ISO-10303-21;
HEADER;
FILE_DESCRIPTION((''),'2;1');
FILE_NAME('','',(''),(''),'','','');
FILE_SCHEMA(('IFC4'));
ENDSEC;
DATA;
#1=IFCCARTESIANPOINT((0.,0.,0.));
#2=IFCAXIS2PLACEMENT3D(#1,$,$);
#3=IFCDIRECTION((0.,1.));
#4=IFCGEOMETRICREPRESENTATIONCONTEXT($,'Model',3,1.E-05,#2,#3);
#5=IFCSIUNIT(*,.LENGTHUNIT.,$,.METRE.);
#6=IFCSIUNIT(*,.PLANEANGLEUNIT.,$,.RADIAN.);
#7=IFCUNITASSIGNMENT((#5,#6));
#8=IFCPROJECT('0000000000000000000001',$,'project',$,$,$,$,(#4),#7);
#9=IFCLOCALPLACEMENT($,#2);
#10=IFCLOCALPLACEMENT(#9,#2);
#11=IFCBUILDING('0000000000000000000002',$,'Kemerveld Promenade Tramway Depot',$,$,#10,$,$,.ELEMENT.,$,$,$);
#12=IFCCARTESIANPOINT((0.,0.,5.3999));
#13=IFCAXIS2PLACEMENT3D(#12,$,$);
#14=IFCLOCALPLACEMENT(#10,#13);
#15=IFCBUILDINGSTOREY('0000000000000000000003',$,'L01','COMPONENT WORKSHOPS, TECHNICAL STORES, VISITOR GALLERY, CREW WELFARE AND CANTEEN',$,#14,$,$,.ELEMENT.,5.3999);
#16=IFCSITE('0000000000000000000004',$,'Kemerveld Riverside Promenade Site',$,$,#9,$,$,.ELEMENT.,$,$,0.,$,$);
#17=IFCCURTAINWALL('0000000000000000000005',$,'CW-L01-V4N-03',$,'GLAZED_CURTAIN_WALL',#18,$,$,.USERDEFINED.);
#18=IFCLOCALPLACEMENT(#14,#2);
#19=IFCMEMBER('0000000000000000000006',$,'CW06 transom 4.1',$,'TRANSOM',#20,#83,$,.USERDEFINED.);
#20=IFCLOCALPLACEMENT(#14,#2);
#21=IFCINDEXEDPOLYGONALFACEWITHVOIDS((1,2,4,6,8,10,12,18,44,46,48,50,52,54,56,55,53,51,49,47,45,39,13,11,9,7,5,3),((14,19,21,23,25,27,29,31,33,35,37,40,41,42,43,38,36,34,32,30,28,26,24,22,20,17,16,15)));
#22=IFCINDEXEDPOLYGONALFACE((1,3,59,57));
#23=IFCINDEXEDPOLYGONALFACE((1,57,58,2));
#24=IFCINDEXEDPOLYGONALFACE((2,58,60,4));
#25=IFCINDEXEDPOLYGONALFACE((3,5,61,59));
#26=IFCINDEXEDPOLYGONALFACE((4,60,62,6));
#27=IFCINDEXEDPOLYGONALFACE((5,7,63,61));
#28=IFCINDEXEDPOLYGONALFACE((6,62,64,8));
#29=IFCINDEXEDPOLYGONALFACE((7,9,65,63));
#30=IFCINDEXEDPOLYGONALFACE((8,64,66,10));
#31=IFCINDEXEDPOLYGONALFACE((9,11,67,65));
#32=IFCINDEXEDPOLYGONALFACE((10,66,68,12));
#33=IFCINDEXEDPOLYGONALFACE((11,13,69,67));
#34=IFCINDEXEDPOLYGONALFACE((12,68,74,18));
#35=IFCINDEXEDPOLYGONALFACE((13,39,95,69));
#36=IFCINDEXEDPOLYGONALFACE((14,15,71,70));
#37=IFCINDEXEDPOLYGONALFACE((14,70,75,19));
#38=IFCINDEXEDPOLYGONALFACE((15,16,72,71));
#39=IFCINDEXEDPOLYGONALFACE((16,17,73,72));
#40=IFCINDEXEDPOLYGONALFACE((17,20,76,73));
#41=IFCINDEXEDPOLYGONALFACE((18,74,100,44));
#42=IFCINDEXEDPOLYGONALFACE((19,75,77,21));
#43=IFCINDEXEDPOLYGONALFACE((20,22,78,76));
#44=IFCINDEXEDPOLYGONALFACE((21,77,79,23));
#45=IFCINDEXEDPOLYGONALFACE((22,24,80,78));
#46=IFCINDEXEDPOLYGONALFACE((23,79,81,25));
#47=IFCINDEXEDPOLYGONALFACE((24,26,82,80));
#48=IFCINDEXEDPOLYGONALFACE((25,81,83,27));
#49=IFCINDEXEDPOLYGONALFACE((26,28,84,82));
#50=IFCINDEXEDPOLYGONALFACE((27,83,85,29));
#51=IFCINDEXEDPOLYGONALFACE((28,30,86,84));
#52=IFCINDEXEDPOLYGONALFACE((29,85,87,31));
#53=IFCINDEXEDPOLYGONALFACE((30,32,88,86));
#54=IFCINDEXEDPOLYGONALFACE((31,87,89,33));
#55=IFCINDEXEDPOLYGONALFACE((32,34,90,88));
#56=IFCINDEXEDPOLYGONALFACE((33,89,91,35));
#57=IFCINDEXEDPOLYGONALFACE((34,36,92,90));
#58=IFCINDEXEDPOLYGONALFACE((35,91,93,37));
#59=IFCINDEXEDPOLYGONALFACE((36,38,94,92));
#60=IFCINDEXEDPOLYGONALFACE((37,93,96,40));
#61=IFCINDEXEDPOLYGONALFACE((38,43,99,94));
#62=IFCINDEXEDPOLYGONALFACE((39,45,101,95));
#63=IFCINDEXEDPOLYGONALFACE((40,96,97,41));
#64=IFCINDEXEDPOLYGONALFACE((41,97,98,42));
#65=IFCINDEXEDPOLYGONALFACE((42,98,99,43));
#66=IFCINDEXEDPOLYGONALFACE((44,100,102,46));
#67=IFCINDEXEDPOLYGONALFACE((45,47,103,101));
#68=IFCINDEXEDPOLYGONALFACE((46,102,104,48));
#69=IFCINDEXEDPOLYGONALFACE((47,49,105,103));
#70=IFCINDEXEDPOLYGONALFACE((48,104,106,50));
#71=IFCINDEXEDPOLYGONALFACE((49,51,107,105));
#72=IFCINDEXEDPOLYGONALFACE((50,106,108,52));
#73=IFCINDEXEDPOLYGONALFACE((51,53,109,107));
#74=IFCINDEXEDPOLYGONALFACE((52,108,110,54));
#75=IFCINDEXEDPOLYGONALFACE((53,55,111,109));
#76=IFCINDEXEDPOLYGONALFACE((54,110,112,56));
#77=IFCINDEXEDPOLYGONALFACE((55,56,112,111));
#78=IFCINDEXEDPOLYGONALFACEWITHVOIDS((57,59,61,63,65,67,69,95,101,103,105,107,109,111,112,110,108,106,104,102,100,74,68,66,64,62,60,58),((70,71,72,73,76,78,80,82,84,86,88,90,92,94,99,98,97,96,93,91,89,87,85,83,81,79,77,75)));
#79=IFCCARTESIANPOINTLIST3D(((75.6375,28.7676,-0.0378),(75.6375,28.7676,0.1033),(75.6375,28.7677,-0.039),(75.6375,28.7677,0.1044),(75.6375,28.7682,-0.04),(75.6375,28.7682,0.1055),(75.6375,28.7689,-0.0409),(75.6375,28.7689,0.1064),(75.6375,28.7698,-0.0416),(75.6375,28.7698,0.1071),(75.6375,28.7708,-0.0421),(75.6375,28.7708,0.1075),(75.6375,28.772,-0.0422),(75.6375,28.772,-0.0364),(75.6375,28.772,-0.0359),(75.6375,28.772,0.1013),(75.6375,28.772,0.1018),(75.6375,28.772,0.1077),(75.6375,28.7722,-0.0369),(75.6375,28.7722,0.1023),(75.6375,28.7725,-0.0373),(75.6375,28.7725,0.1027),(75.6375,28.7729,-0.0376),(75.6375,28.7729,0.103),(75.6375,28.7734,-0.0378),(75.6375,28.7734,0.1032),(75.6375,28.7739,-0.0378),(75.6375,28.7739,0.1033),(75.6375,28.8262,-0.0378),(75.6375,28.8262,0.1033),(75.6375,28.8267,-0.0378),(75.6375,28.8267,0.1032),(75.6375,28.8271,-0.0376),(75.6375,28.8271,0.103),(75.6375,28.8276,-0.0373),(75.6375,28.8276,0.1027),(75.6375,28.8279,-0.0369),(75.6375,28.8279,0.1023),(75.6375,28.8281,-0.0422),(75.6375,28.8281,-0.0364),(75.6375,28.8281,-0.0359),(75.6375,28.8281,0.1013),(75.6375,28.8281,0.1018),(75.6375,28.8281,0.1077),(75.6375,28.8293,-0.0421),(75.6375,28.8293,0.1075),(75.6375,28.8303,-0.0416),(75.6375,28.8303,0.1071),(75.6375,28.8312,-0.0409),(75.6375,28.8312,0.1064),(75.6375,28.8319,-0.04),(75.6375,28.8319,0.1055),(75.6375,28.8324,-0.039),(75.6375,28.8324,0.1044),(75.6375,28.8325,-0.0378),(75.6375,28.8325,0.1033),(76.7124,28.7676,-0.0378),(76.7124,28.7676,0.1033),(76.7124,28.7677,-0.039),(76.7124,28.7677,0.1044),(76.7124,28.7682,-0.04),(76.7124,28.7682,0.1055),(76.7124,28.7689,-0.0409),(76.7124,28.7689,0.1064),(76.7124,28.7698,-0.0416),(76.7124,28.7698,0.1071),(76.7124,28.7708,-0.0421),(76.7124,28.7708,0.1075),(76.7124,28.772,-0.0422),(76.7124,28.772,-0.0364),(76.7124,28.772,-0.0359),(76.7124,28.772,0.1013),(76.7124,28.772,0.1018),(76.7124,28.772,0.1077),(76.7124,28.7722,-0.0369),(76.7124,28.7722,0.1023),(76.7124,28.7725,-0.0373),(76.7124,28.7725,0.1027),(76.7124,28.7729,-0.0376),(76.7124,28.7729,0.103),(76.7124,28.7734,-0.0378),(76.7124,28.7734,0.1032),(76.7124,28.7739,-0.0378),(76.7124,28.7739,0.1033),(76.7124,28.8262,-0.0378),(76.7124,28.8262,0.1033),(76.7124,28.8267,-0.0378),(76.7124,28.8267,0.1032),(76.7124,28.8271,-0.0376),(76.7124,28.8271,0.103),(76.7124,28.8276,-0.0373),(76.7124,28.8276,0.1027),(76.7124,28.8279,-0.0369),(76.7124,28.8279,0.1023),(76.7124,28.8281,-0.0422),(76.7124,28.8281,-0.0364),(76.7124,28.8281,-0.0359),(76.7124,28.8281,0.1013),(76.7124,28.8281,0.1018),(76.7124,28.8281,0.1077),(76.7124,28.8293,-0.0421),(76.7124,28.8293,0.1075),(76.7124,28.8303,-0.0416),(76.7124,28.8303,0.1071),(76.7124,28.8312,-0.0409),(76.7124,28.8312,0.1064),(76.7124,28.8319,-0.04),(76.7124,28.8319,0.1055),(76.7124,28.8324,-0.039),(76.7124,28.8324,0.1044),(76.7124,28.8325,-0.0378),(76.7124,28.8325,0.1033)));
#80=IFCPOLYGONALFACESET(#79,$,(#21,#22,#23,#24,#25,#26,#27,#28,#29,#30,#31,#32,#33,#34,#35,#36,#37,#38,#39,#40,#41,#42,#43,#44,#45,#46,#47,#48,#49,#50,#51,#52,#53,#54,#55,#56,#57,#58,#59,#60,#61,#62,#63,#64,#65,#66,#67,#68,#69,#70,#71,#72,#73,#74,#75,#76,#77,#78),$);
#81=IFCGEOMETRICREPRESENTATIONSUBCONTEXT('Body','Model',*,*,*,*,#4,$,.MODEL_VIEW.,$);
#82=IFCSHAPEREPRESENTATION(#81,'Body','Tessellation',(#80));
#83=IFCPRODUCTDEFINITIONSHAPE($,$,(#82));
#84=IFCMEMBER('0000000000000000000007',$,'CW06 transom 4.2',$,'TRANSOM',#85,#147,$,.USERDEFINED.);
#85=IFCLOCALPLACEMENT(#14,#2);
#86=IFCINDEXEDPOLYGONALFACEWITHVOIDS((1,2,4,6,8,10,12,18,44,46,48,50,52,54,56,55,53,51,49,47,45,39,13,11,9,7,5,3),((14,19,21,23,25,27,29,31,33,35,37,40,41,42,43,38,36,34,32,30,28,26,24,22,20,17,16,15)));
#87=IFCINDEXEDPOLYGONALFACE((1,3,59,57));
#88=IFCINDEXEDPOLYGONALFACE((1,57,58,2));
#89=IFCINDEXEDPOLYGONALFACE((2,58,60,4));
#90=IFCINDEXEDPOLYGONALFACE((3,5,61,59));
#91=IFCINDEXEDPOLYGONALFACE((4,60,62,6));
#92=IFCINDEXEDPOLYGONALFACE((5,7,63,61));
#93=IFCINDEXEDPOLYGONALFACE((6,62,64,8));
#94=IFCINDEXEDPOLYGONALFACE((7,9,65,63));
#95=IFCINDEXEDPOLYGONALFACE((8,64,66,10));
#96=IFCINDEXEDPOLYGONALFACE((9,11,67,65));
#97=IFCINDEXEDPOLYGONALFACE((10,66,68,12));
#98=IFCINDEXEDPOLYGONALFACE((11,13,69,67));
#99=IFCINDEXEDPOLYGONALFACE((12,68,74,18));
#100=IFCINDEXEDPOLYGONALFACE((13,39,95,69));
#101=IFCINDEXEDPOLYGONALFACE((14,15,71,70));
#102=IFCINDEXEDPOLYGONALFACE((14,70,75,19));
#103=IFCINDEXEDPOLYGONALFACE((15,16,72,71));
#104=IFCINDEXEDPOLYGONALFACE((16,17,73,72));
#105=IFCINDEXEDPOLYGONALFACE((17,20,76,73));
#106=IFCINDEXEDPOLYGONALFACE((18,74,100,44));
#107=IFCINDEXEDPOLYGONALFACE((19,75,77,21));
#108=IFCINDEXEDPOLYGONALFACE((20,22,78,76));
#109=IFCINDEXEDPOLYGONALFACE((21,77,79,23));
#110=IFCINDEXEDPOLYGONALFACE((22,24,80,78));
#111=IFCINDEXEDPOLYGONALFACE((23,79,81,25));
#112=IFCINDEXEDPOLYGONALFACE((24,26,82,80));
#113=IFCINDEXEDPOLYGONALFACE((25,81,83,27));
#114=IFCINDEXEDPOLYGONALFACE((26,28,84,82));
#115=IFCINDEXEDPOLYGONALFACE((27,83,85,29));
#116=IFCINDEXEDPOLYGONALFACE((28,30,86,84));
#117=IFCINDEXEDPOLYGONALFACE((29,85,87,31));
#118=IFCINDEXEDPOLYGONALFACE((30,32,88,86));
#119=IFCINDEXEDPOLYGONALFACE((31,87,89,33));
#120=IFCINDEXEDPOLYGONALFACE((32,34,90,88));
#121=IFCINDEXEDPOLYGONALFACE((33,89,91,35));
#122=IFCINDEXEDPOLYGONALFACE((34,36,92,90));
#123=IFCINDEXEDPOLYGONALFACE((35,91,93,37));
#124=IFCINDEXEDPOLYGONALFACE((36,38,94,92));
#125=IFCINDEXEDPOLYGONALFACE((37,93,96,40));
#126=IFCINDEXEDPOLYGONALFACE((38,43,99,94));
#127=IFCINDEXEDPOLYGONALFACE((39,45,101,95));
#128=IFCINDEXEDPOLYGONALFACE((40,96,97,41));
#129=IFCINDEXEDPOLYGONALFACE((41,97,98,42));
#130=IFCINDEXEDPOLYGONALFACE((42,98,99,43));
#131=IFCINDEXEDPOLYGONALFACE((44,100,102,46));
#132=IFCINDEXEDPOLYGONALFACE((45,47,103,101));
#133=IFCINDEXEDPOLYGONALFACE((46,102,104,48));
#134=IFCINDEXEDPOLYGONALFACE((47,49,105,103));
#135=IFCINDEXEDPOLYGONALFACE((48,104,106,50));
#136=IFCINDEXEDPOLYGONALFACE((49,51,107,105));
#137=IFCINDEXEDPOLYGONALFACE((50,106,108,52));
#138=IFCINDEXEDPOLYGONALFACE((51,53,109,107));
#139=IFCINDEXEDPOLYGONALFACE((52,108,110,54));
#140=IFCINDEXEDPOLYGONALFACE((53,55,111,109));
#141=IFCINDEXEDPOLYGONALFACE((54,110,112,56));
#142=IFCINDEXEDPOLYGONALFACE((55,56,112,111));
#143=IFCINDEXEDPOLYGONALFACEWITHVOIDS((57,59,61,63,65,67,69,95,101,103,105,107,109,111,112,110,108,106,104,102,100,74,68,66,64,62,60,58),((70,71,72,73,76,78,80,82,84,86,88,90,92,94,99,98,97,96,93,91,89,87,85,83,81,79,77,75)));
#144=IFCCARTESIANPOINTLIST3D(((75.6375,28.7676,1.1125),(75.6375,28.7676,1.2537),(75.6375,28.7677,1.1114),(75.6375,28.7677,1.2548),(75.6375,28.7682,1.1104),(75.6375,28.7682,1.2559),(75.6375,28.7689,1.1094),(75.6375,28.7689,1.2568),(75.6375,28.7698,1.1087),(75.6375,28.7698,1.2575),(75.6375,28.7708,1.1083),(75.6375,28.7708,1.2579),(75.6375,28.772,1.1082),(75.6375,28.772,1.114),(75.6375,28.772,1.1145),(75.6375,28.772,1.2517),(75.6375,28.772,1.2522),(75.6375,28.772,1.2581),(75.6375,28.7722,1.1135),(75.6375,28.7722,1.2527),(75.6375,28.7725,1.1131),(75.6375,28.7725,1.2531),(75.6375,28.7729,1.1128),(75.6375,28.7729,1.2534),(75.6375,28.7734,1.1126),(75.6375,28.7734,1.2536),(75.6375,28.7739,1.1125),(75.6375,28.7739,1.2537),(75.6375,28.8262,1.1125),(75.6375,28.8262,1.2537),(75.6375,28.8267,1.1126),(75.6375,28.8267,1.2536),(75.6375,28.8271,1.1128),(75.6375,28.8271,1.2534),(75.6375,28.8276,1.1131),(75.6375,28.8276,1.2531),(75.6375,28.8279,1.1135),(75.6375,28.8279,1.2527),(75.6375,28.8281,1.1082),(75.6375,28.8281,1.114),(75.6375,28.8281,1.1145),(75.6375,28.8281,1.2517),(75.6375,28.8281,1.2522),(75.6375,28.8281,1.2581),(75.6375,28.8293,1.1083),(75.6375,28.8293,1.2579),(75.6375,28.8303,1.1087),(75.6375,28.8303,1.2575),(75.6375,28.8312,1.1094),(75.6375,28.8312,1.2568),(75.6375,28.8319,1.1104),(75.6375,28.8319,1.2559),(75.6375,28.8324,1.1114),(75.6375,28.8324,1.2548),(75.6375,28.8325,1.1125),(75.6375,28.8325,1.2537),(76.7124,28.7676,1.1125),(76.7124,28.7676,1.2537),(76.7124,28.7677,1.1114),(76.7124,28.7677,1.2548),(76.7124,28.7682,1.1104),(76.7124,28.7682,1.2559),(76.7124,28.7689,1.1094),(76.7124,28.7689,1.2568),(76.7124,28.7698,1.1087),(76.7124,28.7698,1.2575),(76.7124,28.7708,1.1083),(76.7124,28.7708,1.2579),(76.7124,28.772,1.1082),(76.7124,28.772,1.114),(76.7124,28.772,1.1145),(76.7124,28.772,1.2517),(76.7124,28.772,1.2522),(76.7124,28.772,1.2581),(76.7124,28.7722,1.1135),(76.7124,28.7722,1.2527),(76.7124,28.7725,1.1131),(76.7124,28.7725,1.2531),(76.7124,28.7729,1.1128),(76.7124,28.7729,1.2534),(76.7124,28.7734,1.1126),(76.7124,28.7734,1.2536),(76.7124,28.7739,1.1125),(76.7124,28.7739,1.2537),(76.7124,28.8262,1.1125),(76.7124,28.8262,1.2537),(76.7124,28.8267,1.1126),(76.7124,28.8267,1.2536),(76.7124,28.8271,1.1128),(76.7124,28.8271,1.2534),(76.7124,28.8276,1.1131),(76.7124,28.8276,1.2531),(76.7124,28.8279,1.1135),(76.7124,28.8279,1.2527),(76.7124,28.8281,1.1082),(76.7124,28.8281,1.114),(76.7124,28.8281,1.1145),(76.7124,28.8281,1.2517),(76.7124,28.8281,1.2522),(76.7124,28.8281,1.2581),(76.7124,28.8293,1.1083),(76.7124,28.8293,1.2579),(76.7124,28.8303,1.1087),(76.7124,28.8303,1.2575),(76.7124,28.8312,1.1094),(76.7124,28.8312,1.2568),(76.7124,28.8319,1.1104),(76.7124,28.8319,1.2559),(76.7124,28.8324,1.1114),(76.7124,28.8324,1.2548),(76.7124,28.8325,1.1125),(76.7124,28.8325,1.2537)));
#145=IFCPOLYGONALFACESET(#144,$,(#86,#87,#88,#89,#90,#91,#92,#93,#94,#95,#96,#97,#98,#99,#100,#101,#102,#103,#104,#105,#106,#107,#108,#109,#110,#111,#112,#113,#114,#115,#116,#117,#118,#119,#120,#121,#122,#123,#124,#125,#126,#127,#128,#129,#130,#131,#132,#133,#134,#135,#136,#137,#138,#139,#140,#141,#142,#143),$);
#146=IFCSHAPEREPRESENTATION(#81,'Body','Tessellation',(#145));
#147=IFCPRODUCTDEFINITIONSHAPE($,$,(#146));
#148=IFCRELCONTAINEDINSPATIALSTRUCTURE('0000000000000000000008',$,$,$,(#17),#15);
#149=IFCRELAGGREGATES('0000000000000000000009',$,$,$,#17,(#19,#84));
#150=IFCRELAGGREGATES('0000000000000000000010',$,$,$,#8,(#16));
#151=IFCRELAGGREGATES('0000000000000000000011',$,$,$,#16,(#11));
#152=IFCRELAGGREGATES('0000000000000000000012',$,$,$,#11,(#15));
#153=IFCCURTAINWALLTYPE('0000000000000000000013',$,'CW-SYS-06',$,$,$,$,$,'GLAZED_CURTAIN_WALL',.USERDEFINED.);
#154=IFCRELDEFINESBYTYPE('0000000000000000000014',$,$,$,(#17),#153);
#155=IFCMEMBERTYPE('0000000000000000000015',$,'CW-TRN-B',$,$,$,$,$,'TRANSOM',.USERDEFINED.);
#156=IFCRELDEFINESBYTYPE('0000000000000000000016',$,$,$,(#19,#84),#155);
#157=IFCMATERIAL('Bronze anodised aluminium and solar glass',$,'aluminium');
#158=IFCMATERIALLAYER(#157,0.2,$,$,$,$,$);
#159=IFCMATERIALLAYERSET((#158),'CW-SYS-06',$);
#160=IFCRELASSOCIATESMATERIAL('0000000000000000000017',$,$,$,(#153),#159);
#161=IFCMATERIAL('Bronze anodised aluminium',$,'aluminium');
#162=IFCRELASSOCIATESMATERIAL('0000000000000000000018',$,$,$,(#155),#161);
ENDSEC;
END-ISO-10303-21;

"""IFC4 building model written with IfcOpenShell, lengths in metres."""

from ifc_helpers import new_model, si_unit, direction, frame, origin, origin_2d, place, context, subcontext, project, spatial, hollow_rectangle, extrude, material, layer, layer_set, material_profile, profile_set, type_object, element, aggregate, save


model = new_model("IFC4")

# Units and contexts
model_context = context("Model", 3, precision=1e-05, world=origin(), true_north=direction((0.0, 1.0)))
body_context = subcontext(model_context, "Body", "Model", "MODEL_VIEW")
ifc_project = project(units=[si_unit("LENGTHUNIT", "METRE"), si_unit("PLANEANGLEUNIT", "RADIAN")], contexts=[model_context])

# Site, building, storey
site_placement = place(None, origin())
site = spatial("IfcSite", under=ifc_project, at=site_placement, Name="Kemerveld Riverside Promenade Site", CompositionType="ELEMENT", RefElevation=0.0)
building_placement = place(site_placement, origin())
building = spatial("IfcBuilding", under=site, at=building_placement, Name="Kemerveld Promenade Tramway Depot", CompositionType="ELEMENT")
storey_placement = place(building_placement, frame((0.0, 0.0, 5.3999)))
storey = spatial("IfcBuildingStorey", under=building, at=storey_placement, Name="L01", Description="COMPONENT WORKSHOPS, TECHNICAL STORES, VISITOR GALLERY, CREW WELFARE AND CANTEEN", CompositionType="ELEMENT", Elevation=5.3999)

# Curtain wall, members
ifc_material_1 = material(Name="Bronze anodised aluminium and solar glass", Category="aluminium")
ifc_layer_1 = layer(ifc_material_1, 0.2)
ifc_layer_set_1 = layer_set([ifc_layer_1], Name="CW-SYS-06")
curtain_wall_type = type_object("IfcCurtainWallType", Name="CW-SYS-06", ElementType="GLAZED_CURTAIN_WALL", PredefinedType="USERDEFINED", material=ifc_layer_set_1)
curtain_wall_placement = place(storey_placement, origin())
curtain_wall = element("IfcCurtainWall", 1, at=curtain_wall_placement, inside=storey, type_object=curtain_wall_type, Name="CW-L01-V4N-03", ObjectType="GLAZED_CURTAIN_WALL", PredefinedType="USERDEFINED")
ifc_material_2 = material(Name="Bronze anodised aluminium", Category="aluminium")
ifc_material_profile_1 = material_profile(ifc_material_2, hollow_rectangle(XDim=0.0649, YDim=0.1499, WallThickness=0.0044, InnerFilletRadius=0.002, OuterFilletRadius=0.0044, at=origin_2d()), Name="CW-TRN-150x65")
ifc_profile_set_1 = profile_set([ifc_material_profile_1], Name="Bronze anodised aluminium")
member_type_1 = type_object("IfcMemberType", Name="CW-TRN-B", ElementType="TRANSOM", PredefinedType="USERDEFINED", material=ifc_profile_set_1)
member_1_placement = place(storey_placement, frame((75.6375, 28.8, 0.0327), z_axis=(1.0, 0.0, 0.0), x_axis=(0.0, 1.0, 0.0)))
member_1 = element("IfcMember", 2, at=member_1_placement, type_object=member_type_1, Name="CW06 transom 4.1", ObjectType="TRANSOM", PredefinedType="USERDEFINED", context=body_context, shape_type="SweptSolid", body=[
    extrude(hollow_rectangle(XDim=0.0649, YDim=0.1499, WallThickness=0.0044, InnerFilletRadius=0.002, OuterFilletRadius=0.0044, at=origin_2d()), origin(), (0.0, 0.0, 1.0), 1.075),
])
member_2_placement = place(storey_placement, frame((75.6375, 28.8, 1.1831), z_axis=(1.0, 0.0, 0.0), x_axis=(0.0, 1.0, 0.0)))
member_2 = element("IfcMember", 3, at=member_2_placement, type_object=member_type_1, Name="CW06 transom 4.2", ObjectType="TRANSOM", PredefinedType="USERDEFINED", context=body_context, shape_type="SweptSolid", body=[
    extrude(hollow_rectangle(XDim=0.0649, YDim=0.1499, WallThickness=0.0044, InnerFilletRadius=0.002, OuterFilletRadius=0.0044, at=origin_2d()), origin(), (0.0, 0.0, 1.0), 1.075),
])
aggregate(curtain_wall, [member_1, member_2])

save(model, "model.ifc")
